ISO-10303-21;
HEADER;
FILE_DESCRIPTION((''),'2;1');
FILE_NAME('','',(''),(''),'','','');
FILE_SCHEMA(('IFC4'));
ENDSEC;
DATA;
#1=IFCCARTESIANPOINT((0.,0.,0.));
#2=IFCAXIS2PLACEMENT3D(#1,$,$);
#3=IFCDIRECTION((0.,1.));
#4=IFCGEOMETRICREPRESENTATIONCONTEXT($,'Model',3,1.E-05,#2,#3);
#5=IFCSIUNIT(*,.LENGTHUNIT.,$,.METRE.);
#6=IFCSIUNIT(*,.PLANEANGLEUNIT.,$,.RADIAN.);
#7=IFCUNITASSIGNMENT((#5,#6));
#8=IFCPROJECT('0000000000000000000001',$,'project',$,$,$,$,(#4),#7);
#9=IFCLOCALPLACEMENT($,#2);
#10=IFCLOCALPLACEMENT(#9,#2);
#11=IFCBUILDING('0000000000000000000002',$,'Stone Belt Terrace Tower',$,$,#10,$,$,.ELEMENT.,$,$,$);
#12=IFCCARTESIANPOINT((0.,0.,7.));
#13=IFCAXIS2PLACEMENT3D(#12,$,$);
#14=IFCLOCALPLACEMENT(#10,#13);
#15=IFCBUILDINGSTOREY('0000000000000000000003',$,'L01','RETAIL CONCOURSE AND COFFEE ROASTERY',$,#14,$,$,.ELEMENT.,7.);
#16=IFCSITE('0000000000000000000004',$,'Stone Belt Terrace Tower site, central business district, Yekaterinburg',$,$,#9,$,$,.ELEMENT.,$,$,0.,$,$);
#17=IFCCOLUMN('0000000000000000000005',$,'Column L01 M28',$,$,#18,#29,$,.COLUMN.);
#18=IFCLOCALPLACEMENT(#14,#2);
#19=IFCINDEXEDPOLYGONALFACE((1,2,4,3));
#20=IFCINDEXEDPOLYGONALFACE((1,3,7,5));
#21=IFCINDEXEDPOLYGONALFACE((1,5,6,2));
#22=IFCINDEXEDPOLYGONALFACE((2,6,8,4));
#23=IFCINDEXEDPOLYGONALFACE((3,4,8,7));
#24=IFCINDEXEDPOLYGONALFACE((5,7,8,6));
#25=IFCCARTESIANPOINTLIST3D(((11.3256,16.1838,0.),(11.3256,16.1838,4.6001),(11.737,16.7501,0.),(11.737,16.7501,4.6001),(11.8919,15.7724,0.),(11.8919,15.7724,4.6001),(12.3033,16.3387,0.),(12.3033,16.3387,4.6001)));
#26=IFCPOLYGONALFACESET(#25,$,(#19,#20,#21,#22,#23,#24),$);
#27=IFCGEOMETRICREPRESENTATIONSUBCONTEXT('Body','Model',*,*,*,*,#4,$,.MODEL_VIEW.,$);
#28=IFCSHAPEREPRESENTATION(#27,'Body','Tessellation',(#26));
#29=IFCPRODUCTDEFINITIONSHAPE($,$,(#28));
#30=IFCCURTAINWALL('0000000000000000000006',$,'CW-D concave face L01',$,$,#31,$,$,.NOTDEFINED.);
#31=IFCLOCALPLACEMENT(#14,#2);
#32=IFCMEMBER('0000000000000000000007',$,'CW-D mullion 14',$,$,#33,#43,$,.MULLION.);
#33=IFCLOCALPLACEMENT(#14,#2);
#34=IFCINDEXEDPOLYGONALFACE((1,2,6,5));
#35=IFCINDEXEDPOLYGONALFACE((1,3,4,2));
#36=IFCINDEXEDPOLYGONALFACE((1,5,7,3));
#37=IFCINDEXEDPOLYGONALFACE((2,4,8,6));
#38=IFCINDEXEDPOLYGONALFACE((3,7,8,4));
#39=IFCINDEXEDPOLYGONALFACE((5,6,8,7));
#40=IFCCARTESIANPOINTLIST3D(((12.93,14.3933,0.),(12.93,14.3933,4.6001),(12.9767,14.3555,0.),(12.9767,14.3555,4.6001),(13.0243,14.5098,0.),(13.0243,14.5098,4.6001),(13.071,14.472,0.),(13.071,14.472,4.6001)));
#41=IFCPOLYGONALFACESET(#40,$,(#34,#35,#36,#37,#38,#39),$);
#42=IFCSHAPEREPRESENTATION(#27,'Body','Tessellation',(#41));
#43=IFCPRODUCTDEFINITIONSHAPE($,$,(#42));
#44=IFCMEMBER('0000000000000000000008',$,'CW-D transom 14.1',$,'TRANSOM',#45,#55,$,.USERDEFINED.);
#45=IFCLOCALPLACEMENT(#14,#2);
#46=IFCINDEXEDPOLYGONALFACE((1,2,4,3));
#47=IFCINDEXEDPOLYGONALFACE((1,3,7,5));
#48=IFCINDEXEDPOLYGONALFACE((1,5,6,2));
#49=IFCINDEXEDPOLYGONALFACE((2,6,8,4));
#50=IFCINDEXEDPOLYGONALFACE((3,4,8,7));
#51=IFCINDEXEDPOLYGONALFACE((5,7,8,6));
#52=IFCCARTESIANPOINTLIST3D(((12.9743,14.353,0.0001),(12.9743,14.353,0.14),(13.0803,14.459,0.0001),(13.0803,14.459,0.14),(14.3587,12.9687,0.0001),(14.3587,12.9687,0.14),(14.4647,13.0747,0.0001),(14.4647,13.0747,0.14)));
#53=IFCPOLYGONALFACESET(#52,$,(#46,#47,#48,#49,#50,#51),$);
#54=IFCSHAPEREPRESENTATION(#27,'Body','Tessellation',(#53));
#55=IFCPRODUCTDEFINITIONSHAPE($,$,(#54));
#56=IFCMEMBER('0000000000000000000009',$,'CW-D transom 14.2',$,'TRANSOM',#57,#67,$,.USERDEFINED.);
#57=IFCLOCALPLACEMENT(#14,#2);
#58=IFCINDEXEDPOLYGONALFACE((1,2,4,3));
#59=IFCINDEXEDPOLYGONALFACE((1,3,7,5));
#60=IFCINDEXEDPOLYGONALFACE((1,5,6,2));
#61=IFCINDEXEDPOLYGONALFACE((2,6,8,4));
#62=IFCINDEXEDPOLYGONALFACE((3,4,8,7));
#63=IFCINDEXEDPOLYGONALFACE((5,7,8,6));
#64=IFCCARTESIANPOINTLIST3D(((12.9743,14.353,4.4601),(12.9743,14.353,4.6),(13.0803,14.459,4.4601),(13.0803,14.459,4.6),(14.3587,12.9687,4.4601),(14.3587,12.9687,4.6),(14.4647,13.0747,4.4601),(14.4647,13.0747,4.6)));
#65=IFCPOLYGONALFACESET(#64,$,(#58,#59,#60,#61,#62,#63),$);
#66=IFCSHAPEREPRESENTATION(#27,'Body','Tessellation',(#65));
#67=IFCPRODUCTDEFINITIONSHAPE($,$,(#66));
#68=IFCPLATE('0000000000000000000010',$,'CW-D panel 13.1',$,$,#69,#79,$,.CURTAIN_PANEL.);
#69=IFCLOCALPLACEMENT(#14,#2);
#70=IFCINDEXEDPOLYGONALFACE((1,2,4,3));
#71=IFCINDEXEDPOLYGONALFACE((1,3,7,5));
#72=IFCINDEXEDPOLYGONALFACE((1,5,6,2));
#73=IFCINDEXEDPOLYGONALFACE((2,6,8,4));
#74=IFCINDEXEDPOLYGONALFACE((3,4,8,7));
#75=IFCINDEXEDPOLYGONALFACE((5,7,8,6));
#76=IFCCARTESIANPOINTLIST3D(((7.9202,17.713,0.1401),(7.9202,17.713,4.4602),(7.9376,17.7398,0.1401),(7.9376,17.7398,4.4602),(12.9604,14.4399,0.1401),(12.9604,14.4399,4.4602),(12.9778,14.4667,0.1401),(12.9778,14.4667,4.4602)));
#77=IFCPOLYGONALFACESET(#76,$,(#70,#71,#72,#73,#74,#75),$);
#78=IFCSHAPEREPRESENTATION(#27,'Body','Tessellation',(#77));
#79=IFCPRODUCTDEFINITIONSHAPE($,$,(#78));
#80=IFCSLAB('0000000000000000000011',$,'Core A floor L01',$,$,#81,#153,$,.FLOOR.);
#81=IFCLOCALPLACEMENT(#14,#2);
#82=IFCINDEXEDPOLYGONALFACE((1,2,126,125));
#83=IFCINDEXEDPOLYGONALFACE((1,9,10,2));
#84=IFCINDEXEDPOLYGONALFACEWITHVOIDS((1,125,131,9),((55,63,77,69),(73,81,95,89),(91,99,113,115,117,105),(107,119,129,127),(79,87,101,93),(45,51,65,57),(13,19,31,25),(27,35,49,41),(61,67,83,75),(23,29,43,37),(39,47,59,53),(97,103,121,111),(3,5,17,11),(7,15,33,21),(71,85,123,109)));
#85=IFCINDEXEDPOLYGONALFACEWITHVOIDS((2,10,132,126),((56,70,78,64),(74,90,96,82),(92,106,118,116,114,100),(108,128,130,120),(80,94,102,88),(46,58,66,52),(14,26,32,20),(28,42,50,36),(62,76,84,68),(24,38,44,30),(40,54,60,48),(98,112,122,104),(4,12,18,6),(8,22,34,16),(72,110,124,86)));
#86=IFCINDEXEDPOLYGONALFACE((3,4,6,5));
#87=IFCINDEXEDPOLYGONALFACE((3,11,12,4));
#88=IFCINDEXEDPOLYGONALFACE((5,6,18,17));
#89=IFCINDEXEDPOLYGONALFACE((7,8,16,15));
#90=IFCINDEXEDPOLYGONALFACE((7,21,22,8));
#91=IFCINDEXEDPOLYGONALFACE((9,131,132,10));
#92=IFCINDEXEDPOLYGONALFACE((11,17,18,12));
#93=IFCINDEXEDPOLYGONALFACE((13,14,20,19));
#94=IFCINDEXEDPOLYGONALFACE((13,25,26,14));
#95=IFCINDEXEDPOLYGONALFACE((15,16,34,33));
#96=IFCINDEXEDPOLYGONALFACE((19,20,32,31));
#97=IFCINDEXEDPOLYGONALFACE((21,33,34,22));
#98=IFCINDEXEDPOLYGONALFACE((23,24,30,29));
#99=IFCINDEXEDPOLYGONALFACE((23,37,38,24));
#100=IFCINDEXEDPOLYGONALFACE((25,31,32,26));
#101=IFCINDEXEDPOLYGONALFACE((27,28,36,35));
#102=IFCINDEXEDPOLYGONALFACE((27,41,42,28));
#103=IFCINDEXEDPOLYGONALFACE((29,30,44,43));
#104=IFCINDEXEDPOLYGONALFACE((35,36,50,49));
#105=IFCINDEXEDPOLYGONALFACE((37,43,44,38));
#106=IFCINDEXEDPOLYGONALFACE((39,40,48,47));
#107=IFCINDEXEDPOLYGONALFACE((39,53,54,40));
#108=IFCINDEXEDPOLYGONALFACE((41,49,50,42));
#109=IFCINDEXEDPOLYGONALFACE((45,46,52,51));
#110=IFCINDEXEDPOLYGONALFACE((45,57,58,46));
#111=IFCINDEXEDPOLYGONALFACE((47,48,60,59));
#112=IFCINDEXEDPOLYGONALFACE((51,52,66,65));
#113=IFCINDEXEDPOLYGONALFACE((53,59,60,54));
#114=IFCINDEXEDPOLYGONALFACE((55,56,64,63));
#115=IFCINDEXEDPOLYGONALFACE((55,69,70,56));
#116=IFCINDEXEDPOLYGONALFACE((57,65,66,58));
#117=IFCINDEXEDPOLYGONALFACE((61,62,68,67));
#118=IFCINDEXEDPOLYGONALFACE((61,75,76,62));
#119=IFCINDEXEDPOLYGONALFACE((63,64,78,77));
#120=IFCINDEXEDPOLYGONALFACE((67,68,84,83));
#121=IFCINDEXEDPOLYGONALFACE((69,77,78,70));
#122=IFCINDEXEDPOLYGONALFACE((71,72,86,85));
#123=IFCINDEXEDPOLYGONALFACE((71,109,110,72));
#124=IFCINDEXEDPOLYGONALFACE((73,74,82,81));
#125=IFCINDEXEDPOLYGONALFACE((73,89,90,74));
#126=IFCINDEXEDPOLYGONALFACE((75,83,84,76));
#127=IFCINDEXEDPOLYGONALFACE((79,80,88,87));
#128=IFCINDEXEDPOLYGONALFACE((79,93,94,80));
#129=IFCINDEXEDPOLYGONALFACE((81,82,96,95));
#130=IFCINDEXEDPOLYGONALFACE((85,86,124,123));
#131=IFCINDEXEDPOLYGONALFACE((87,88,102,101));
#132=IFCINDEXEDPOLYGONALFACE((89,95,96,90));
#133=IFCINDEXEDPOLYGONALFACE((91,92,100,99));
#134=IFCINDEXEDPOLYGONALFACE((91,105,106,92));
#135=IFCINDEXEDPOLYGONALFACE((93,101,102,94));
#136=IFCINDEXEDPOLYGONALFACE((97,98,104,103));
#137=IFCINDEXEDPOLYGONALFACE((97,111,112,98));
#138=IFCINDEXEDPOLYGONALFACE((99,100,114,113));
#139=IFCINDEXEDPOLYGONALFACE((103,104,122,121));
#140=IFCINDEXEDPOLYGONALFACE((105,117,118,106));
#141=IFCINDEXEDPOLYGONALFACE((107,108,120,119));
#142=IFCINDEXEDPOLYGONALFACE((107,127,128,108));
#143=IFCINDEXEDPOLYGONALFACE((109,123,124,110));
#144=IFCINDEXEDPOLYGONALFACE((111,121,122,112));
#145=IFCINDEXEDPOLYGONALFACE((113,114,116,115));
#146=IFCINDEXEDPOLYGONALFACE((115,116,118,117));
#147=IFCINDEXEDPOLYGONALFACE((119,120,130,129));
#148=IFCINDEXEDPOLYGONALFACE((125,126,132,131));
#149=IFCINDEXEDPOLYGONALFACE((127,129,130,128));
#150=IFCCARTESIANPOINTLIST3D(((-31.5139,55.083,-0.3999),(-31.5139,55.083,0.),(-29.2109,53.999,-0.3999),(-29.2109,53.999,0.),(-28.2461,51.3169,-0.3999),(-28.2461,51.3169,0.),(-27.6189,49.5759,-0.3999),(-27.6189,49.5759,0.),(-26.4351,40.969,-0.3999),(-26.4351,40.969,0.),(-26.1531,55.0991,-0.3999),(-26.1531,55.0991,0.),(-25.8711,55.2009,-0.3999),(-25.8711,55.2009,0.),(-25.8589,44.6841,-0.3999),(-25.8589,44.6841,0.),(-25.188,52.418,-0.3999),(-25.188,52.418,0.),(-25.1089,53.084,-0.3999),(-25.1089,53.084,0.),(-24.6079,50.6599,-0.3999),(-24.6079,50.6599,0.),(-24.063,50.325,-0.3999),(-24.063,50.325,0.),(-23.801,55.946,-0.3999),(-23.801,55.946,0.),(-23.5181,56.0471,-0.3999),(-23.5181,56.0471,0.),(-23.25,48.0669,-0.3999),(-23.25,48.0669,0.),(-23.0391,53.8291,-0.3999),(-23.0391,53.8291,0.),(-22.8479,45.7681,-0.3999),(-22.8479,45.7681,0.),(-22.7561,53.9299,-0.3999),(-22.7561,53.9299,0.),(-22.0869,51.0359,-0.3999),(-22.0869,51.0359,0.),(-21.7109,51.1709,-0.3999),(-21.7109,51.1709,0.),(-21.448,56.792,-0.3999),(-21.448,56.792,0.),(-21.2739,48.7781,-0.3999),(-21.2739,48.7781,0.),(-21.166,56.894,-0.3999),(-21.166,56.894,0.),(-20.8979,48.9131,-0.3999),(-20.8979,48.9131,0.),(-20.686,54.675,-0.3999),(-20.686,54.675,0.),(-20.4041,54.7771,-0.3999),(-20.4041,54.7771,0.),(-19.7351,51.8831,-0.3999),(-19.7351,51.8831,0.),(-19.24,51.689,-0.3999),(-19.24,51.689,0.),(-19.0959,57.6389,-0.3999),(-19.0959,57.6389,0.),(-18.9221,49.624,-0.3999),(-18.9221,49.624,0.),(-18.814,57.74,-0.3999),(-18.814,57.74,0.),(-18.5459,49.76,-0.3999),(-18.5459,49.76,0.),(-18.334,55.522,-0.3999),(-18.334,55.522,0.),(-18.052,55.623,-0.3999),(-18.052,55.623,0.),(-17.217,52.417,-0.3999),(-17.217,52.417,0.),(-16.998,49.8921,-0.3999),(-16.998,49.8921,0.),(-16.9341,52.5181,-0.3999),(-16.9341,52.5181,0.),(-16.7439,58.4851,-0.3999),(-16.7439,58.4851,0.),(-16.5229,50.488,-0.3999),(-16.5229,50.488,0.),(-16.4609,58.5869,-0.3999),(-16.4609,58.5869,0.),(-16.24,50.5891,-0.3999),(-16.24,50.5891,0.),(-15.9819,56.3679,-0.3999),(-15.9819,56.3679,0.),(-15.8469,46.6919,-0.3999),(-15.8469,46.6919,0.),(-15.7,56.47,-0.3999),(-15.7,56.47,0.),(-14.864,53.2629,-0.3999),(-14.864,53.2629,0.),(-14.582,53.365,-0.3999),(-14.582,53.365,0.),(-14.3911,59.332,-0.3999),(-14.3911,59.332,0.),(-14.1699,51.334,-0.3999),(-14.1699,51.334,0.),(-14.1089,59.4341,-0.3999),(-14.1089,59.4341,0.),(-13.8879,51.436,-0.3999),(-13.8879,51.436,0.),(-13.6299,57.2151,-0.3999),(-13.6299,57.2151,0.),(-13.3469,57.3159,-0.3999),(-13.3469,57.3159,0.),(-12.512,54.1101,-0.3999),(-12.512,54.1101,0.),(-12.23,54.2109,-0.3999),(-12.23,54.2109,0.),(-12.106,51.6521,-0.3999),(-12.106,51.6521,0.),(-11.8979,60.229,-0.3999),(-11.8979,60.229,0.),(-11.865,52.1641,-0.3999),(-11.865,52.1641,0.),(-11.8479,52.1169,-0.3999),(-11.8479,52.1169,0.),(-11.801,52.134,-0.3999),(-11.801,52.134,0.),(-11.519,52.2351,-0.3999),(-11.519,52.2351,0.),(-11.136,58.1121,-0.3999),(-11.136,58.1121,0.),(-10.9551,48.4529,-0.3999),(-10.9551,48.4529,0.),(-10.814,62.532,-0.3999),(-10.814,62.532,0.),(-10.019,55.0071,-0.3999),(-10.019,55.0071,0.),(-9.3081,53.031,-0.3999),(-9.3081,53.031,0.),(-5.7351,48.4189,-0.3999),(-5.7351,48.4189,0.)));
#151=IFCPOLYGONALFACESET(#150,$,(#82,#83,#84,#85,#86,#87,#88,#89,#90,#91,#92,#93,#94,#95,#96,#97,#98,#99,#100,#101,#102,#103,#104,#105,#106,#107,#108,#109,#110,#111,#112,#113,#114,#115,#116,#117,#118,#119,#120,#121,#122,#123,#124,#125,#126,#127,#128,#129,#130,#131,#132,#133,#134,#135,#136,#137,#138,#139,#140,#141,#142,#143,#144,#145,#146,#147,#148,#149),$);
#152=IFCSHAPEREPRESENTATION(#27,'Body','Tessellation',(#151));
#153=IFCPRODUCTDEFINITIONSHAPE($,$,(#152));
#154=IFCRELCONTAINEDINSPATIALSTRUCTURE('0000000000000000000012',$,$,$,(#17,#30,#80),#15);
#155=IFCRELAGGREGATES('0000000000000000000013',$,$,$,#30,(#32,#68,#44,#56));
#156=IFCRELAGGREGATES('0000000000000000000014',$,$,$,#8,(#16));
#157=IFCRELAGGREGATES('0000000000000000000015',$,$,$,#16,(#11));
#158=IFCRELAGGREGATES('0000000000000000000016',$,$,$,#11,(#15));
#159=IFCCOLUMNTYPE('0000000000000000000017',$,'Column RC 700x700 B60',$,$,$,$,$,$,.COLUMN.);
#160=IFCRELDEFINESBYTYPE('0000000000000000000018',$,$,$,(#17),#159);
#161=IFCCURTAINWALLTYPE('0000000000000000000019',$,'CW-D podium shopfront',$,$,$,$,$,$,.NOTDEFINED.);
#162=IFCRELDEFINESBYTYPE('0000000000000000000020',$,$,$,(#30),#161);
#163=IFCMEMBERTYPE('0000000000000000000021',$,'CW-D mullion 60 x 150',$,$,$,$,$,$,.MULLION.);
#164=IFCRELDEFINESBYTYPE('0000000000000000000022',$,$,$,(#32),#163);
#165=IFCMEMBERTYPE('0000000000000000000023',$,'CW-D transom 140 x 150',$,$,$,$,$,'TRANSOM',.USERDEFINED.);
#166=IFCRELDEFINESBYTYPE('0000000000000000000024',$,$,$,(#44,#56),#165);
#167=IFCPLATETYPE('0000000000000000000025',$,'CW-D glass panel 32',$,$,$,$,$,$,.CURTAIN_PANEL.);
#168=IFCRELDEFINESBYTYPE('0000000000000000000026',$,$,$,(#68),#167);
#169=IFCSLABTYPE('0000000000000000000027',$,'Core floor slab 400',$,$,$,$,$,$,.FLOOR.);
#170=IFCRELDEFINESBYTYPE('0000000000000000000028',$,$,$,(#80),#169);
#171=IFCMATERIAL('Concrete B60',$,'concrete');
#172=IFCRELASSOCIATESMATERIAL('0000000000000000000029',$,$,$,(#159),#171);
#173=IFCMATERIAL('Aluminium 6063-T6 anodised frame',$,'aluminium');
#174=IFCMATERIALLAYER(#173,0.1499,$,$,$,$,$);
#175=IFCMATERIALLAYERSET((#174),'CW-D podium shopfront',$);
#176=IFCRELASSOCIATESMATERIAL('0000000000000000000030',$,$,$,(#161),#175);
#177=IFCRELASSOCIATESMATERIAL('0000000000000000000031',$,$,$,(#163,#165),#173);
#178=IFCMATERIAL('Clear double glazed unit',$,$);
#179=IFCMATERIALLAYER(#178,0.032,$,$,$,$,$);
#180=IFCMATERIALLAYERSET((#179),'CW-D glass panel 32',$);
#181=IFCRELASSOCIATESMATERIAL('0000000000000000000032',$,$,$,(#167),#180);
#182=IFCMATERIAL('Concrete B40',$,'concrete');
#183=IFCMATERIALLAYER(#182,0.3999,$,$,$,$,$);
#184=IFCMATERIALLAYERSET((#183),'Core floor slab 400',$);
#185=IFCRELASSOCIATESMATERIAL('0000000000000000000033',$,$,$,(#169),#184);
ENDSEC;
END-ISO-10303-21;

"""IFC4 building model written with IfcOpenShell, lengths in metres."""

from ifc_helpers import new_model, si_unit, direction, frame, origin, origin_2d, place, context, subcontext, project, spatial, polyline, rectangle, outline, extrude, material, layer, layer_set, material_profile, profile_set, type_object, element, aggregate, save


model = new_model("IFC4")

# Units and contexts
model_context = context("Model", 3, precision=1e-05, world=origin(), true_north=direction((0.0, 1.0)))
body_context = subcontext(model_context, "Body", "Model", "MODEL_VIEW")
ifc_project = project(units=[si_unit("LENGTHUNIT", "METRE"), si_unit("PLANEANGLEUNIT", "RADIAN")], contexts=[model_context])

# Site, building, storey
site_placement = place(None, origin())
site = spatial("IfcSite", under=ifc_project, at=site_placement, Name="Stone Belt Terrace Tower site, central business district, Yekaterinburg", CompositionType="ELEMENT", RefElevation=0.0)
building_placement = place(site_placement, origin())
building = spatial("IfcBuilding", under=site, at=building_placement, Name="Stone Belt Terrace Tower", CompositionType="ELEMENT")
storey_placement = place(building_placement, frame((0.0, 0.0, 7.0)))
storey = spatial("IfcBuildingStorey", under=building, at=storey_placement, Name="L01", Description="RETAIL CONCOURSE AND COFFEE ROASTERY", CompositionType="ELEMENT", Elevation=7.0)

# Column
ifc_material_1 = material(Name="Concrete B60", Category="concrete")
ifc_material_profile_1 = material_profile(ifc_material_1, rectangle(XDim=0.7, YDim=0.7, at=origin_2d()), Name="RC 700x700")
ifc_profile_set_1 = profile_set([ifc_material_profile_1], Name="Concrete B60")
column_type = type_object("IfcColumnType", Name="Column RC 700x700 B60", PredefinedType="COLUMN", material=ifc_profile_set_1)
column_placement = place(storey_placement, frame((11.8145, 16.2612, 0.0), z_axis=(0.0, 0.0, 1.0), x_axis=(0.809017, -0.587785, 0.0)))
element("IfcColumn", 1, at=column_placement, inside=storey, type_object=column_type, Name="Column L01 M28", PredefinedType="COLUMN", context=body_context, shape_type="SweptSolid", body=[
    extrude(rectangle(XDim=0.7, YDim=0.7, at=origin_2d()), origin(), (0.0, 0.0, 1.0), 4.6001),
])

# Curtain wall, members, plate
ifc_material_2 = material(Name="Aluminium 6063-T6 anodised frame", Category="aluminium")
ifc_layer_1 = layer(ifc_material_2, 0.1499)
ifc_layer_set_1 = layer_set([ifc_layer_1], Name="CW-D podium shopfront")
curtain_wall_type = type_object("IfcCurtainWallType", Name="CW-D podium shopfront", PredefinedType="NOTDEFINED", material=ifc_layer_set_1)
curtain_wall_placement = place(storey_placement, origin())
curtain_wall = element("IfcCurtainWall", 2, at=curtain_wall_placement, inside=storey, type_object=curtain_wall_type, Name="CW-D concave face L01", PredefinedType="NOTDEFINED")
ifc_material_profile_2 = material_profile(ifc_material_2, rectangle(XDim=0.1499, YDim=0.0601, at=origin_2d()), Name="Aluminium 6063-T6 60x150")
ifc_profile_set_2 = profile_set([ifc_material_profile_2], Name="Aluminium 6063-T6 anodised frame")
member_type_1 = type_object("IfcMemberType", Name="CW-D mullion 60 x 150", PredefinedType="MULLION", material=ifc_profile_set_2)
member_1_placement = place(storey_placement, frame((13.0005, 14.4326, 0.0), z_axis=(0.0, 0.0, 1.0), x_axis=(0.62932, 0.777146, 0.0)))
member_1 = element("IfcMember", 3, at=member_1_placement, type_object=member_type_1, Name="CW-D mullion 14", PredefinedType="MULLION", context=body_context, shape_type="SweptSolid", body=[
    extrude(rectangle(XDim=0.1499, YDim=0.0601, at=origin_2d()), origin(), (0.0, 0.0, 1.0), 4.6001),
])
ifc_material_profile_3 = material_profile(ifc_material_2, rectangle(XDim=0.1499, YDim=0.1399, at=origin_2d()), Name="Aluminium 6063-T6 150x140")
ifc_profile_set_3 = profile_set([ifc_material_profile_3], Name="Aluminium 6063-T6 anodised frame")
member_type_2 = type_object("IfcMemberType", Name="CW-D transom 140 x 150", ElementType="TRANSOM", PredefinedType="USERDEFINED", material=ifc_profile_set_3)
member_2_placement = place(storey_placement, frame((13.0273, 14.406, 0.0701), z_axis=(0.707107, -0.707107, 0.0), x_axis=(0.707107, 0.707107, 0.0)))
member_2 = element("IfcMember", 4, at=member_2_placement, type_object=member_type_2, Name="CW-D transom 14.1", ObjectType="TRANSOM", PredefinedType="USERDEFINED", context=body_context, shape_type="SweptSolid", body=[
    extrude(rectangle(XDim=0.1499, YDim=0.1399, at=origin_2d()), origin(), (0.0, 0.0, 1.0), 1.9578),
])
member_3_placement = place(storey_placement, frame((13.0273, 14.406, 4.53), z_axis=(0.707107, -0.707107, 0.0), x_axis=(0.707107, 0.707107, 0.0)))
member_3 = element("IfcMember", 5, at=member_3_placement, type_object=member_type_2, Name="CW-D transom 14.2", ObjectType="TRANSOM", PredefinedType="USERDEFINED", context=body_context, shape_type="SweptSolid", body=[
    extrude(rectangle(XDim=0.1499, YDim=0.1399, at=origin_2d()), origin(), (0.0, 0.0, 1.0), 1.9578),
])
ifc_material_3 = material(Name="Clear double glazed unit")
ifc_layer_2 = layer(ifc_material_3, 0.032)
ifc_layer_set_2 = layer_set([ifc_layer_2], Name="CW-D glass panel 32")
plate_type = type_object("IfcPlateType", Name="CW-D glass panel 32", PredefinedType="CURTAIN_PANEL", material=ifc_layer_set_2)
plate_placement = place(storey_placement, frame((10.449, 16.0898, 0.1401), z_axis=(0.0, 0.0, 1.0), x_axis=(0.838671, -0.544639, 0.0)))
plate = element("IfcPlate", 6, at=plate_placement, type_object=plate_type, Name="CW-D panel 13.1", PredefinedType="CURTAIN_PANEL", context=body_context, shape_type="SweptSolid", body=[
    extrude(rectangle(XDim=6.0098, YDim=0.032, at=origin_2d()), origin(), (0.0, 0.0, 1.0), 4.3201),
])
aggregate(curtain_wall, [member_1, plate, member_2, member_3])

# Slab
ifc_material_4 = material(Name="Concrete B40", Category="concrete")
ifc_layer_3 = layer(ifc_material_4, 0.3999)
ifc_layer_set_3 = layer_set([ifc_layer_3], Name="Core floor slab 400")
slab_type_1 = type_object("IfcSlabType", Name="Core floor slab 400", PredefinedType="FLOOR", material=ifc_layer_set_3)
slab_1_placement = place(storey_placement, frame((0.0, 0.0, -0.3999)))
element("IfcSlab", 7, at=slab_1_placement, inside=storey, type_object=slab_type_1, Name="Core A floor L01", PredefinedType="FLOOR", context=body_context, shape_type="SweptSolid", body=[
    extrude(outline(polyline([(-26.4351, 40.969), (-5.7351, 48.4189), (-10.814, 62.532), (-31.5139, 55.083), (-26.4351, 40.969)]), holes=[polyline([(-24.6079, 50.6599), (-22.8479, 45.7681), (-25.8589, 44.6841), (-27.6189, 49.5759), (-24.6079, 50.6599)]), polyline([(-21.2739, 48.7781), (-23.25, 48.0669), (-24.063, 50.325), (-22.0869, 51.0359), (-21.2739, 48.7781)]), polyline([(-18.9221, 49.624), (-20.8979, 48.9131), (-21.7109, 51.1709), (-19.7351, 51.8831), (-18.9221, 49.624)]), polyline([(-19.24, 51.689), (-17.217, 52.417), (-16.5229, 50.488), (-18.5459, 49.76), (-19.24, 51.689)]), polyline([(-29.2109, 53.999), (-26.1531, 55.0991), (-25.188, 52.418), (-28.2461, 51.3169), (-29.2109, 53.999)]), polyline([(-23.801, 55.946), (-23.0391, 53.8291), (-25.1089, 53.084), (-25.8711, 55.2009), (-23.801, 55.946)]), polyline([(-21.448, 56.792), (-20.686, 54.675), (-22.7561, 53.9299), (-23.5181, 56.0471), (-21.448, 56.792)]), polyline([(-19.0959, 57.6389), (-18.334, 55.522), (-20.4041, 54.7771), (-21.166, 56.894), (-19.0959, 57.6389)]), polyline([(-15.8469, 46.6919), (-16.998, 49.8921), (-12.106, 51.6521), (-10.9551, 48.4529), (-15.8469, 46.6919)]), polyline([(-16.24, 50.5891), (-16.9341, 52.5181), (-14.864, 53.2629), (-14.1699, 51.334), (-16.24, 50.5891)]), polyline([(-11.801, 52.134), (-11.8479, 52.1169), (-11.865, 52.1641), (-13.8879, 51.436), (-14.582, 53.365), (-12.512, 54.1101), (-11.801, 52.134)]), polyline([(-9.3081, 53.031), (-11.519, 52.2351), (-12.23, 54.2109), (-10.019, 55.0071), (-9.3081, 53.031)]), polyline([(-16.7439, 58.4851), (-15.9819, 56.3679), (-18.052, 55.623), (-18.814, 57.74), (-16.7439, 58.4851)]), polyline([(-14.3911, 59.332), (-13.6299, 57.2151), (-15.7, 56.47), (-16.4609, 58.5869), (-14.3911, 59.332)]), polyline([(-11.8979, 60.229), (-11.136, 58.1121), (-13.3469, 57.3159), (-14.1089, 59.4341), (-11.8979, 60.229)])]), origin(), (0.0, 0.0, 1.0), 0.3999),
])

save(model, "model.ifc")
